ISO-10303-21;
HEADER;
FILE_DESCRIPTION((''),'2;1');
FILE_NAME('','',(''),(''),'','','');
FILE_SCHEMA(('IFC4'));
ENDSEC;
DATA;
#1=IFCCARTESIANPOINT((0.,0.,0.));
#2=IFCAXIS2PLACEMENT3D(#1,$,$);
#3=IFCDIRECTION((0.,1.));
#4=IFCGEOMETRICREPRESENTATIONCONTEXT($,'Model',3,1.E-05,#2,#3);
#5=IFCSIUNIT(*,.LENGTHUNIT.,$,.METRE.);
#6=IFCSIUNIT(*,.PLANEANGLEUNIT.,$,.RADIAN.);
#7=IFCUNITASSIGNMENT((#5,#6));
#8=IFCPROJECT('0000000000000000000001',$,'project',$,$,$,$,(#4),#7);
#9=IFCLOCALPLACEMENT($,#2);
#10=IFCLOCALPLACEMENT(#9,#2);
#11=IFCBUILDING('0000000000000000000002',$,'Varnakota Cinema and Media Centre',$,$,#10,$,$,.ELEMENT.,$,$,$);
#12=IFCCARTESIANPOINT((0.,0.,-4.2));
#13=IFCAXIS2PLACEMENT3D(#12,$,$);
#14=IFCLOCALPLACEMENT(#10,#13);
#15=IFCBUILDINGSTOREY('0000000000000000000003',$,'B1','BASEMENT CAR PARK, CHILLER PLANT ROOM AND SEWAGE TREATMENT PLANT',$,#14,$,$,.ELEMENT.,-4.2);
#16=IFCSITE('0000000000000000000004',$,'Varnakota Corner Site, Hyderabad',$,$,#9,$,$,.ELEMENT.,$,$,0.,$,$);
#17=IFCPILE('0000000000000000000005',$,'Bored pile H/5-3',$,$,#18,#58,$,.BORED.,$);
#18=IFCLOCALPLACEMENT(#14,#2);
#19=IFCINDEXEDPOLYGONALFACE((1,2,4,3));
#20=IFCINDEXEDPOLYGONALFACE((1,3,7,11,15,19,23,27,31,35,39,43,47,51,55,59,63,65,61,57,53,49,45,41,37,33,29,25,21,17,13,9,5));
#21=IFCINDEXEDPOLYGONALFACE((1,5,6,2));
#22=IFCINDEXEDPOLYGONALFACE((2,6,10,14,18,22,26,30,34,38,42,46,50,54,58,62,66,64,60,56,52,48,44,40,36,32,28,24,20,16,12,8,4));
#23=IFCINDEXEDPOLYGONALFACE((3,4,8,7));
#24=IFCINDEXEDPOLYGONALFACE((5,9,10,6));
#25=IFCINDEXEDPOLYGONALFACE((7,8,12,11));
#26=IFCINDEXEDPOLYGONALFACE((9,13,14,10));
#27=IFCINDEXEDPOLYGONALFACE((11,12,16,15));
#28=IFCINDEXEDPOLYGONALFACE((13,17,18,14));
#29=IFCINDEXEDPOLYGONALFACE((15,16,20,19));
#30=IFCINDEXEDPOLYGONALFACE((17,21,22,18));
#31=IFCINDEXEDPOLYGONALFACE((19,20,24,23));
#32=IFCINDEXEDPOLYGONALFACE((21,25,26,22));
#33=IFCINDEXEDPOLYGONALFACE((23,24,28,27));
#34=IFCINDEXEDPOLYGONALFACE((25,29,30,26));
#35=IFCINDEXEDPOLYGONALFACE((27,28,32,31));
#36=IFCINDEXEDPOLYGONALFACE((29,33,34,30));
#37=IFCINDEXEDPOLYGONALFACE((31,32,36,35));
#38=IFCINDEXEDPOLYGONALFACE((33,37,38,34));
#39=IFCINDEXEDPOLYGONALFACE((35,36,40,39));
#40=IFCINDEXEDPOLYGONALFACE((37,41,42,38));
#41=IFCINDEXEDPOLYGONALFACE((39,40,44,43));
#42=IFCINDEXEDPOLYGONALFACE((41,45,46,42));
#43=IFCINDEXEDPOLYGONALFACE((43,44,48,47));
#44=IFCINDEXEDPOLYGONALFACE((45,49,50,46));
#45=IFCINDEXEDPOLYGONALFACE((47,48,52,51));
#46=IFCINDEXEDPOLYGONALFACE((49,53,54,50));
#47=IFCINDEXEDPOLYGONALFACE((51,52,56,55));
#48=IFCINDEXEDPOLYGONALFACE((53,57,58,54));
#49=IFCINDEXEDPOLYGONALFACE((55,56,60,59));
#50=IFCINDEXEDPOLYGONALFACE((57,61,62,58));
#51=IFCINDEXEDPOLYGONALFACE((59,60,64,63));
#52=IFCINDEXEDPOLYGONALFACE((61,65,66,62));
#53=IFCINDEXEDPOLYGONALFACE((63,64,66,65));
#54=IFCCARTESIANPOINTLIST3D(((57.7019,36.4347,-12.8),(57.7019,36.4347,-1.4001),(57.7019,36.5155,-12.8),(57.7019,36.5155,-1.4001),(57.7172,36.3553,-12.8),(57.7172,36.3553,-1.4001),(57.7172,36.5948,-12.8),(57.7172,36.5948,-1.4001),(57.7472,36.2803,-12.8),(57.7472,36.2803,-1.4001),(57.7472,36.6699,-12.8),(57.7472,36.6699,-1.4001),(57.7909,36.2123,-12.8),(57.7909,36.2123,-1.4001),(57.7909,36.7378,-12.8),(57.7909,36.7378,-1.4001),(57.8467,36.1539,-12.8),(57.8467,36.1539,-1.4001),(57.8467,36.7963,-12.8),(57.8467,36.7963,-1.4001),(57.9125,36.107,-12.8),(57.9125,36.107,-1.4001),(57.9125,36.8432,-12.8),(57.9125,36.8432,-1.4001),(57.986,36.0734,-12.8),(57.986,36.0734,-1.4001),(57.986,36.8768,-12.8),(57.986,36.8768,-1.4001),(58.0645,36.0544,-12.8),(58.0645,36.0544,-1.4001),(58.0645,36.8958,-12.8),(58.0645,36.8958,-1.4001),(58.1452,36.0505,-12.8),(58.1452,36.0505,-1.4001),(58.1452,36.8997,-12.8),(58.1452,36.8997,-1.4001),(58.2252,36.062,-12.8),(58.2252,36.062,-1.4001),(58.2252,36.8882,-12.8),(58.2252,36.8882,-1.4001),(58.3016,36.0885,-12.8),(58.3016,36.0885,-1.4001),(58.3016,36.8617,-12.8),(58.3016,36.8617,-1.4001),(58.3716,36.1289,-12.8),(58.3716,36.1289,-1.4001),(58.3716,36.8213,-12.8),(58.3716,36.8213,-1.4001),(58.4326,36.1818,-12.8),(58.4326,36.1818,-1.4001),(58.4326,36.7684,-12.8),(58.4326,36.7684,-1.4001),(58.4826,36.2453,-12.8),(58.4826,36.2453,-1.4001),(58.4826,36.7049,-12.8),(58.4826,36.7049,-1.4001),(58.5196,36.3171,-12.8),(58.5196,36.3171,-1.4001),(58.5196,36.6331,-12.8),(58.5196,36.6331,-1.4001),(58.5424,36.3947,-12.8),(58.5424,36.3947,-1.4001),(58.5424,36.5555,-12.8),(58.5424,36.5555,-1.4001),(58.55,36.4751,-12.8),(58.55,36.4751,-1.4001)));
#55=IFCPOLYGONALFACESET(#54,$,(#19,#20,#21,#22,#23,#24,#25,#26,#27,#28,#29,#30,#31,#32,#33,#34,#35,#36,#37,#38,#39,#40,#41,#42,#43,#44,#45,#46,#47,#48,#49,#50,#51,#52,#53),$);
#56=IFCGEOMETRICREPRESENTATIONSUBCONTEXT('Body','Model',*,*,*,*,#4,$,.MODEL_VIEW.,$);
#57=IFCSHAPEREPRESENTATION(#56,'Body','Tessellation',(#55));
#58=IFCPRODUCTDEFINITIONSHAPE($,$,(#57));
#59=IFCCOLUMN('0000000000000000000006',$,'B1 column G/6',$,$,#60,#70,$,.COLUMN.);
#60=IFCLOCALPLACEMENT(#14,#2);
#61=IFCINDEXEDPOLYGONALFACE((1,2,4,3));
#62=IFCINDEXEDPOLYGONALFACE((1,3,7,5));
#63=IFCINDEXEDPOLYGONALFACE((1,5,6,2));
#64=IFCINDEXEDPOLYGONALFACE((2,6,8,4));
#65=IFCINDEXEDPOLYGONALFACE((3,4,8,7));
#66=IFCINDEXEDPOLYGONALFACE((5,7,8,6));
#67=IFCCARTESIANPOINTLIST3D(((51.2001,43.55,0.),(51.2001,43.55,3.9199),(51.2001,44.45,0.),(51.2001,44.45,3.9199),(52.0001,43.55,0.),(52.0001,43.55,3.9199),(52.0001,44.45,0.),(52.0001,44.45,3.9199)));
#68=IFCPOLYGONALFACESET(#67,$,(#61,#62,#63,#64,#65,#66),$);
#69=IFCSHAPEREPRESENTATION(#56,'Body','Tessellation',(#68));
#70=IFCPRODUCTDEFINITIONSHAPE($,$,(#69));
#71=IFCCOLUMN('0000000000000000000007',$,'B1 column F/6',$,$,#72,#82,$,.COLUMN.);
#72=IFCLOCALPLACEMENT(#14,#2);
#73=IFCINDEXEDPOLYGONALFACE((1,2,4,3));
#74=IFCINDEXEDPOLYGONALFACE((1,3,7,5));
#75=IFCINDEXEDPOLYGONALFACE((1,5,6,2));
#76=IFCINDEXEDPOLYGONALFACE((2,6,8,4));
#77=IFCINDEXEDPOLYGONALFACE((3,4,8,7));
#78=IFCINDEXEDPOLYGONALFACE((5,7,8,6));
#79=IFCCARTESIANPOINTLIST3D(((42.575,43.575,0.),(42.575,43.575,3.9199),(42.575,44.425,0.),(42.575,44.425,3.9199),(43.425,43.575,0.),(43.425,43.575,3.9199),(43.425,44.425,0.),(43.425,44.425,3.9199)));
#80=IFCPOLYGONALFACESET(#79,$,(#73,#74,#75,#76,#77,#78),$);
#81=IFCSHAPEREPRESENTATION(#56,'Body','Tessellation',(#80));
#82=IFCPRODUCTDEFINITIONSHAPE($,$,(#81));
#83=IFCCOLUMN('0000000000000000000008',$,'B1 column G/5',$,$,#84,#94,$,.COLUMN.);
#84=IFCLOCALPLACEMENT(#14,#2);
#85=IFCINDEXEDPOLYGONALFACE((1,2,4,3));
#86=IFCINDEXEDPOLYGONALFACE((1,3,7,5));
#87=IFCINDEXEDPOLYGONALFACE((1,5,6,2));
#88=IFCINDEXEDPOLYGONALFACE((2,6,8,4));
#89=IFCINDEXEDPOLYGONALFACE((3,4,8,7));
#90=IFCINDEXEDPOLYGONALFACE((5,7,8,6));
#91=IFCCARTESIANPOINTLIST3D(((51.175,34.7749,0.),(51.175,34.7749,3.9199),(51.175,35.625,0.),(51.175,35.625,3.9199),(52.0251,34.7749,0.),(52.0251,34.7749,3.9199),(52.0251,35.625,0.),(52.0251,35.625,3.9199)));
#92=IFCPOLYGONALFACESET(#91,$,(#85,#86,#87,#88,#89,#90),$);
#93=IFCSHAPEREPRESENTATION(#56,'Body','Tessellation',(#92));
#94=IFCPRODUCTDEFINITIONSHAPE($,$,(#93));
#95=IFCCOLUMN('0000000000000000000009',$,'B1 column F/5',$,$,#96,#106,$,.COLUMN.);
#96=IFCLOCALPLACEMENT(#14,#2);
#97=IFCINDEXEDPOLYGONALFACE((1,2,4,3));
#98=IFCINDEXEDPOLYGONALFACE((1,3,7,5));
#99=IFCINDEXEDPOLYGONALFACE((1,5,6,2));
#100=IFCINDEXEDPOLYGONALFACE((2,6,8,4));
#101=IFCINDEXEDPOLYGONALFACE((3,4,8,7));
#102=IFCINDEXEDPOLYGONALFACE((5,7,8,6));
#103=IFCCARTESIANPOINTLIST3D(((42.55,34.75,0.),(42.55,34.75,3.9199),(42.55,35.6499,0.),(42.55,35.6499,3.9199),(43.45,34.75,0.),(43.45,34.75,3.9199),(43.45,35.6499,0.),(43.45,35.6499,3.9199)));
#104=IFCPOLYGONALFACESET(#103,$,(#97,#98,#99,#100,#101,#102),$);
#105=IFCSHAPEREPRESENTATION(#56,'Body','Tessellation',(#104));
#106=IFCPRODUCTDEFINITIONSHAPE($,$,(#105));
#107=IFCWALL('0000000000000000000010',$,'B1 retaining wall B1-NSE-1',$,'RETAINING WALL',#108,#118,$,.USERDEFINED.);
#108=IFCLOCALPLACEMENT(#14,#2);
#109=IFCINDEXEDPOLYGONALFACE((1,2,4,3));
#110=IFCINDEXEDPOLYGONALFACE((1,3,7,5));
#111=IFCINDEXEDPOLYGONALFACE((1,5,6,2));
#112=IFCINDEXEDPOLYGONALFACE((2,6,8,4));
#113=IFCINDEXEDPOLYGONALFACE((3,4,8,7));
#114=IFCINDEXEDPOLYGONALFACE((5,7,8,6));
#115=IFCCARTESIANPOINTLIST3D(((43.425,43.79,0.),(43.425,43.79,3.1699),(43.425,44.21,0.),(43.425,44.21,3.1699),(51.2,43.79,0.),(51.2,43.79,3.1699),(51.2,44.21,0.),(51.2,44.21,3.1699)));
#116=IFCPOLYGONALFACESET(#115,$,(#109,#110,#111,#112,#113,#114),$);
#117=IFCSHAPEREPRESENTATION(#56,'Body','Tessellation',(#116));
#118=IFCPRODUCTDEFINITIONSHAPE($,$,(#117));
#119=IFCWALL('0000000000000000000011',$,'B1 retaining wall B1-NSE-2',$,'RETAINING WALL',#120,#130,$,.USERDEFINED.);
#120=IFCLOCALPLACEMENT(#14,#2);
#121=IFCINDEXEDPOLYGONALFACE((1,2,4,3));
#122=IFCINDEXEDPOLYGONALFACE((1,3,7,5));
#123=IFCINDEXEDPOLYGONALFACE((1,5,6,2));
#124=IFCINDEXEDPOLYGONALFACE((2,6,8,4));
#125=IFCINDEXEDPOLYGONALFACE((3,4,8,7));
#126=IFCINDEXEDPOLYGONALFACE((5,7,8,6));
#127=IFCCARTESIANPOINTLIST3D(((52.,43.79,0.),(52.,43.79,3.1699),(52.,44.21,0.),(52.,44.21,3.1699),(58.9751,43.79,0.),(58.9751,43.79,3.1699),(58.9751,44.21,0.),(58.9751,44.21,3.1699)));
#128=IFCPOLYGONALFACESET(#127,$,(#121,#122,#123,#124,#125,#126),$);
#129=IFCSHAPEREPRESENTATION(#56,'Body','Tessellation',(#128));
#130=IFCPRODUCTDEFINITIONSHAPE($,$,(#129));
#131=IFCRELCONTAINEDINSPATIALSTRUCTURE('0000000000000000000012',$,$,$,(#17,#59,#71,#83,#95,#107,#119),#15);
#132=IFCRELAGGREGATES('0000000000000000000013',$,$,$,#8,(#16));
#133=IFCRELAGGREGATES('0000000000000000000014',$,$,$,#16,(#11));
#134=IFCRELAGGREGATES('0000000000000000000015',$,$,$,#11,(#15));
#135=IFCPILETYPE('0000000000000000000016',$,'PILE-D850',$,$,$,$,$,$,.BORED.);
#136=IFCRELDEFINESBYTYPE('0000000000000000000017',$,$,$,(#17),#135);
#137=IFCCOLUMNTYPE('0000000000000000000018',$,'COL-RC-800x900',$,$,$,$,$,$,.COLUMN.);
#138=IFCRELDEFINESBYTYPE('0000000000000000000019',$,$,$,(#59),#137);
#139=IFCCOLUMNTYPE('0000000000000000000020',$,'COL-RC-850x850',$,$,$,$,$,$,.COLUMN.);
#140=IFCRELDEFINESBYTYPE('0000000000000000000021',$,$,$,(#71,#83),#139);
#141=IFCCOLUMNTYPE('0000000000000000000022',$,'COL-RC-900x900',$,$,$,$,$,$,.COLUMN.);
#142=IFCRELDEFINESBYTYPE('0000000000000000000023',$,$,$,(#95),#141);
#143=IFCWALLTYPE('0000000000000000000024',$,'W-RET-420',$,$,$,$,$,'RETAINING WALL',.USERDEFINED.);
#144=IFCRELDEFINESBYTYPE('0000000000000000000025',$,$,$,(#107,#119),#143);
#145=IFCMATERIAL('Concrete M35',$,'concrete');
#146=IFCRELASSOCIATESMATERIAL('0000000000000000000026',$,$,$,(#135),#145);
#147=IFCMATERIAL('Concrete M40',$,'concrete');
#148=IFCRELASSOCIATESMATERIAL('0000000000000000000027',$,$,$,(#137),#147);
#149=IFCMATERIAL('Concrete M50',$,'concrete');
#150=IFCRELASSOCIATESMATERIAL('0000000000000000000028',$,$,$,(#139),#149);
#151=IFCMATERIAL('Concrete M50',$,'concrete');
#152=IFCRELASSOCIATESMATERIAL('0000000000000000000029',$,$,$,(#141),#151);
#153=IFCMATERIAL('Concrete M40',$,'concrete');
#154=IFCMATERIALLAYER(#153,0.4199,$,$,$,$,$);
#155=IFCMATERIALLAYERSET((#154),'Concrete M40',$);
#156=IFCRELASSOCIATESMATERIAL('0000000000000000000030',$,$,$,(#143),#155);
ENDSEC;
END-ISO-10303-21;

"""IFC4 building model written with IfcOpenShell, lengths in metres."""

from ifc_helpers import new_model, si_unit, direction, frame, frame_2d, origin, origin_2d, place, context, subcontext, project, spatial, rectangle, circle, extrude, material, layer, layer_set, material_profile, profile_set, type_object, element, save


model = new_model("IFC4")

# Units and contexts
model_context = context("Model", 3, precision=1e-05, world=origin(), true_north=direction((0.0, 1.0)))
body_context = subcontext(model_context, "Body", "Model", "MODEL_VIEW")
ifc_project = project(units=[si_unit("LENGTHUNIT", "METRE"), si_unit("PLANEANGLEUNIT", "RADIAN")], contexts=[model_context])

# Site, building, storey
site_placement = place(None, origin())
site = spatial("IfcSite", under=ifc_project, at=site_placement, Name="Varnakota Corner Site, Hyderabad", CompositionType="ELEMENT", RefElevation=0.0)
building_placement = place(site_placement, origin())
building = spatial("IfcBuilding", under=site, at=building_placement, Name="Varnakota Cinema and Media Centre", CompositionType="ELEMENT")
storey_placement = place(building_placement, frame((0.0, 0.0, -4.2)))
storey = spatial("IfcBuildingStorey", under=building, at=storey_placement, Name="B1", Description="BASEMENT CAR PARK, CHILLER PLANT ROOM AND SEWAGE TREATMENT PLANT", CompositionType="ELEMENT", Elevation=-4.2)

# Pile
ifc_material_1 = material(Name="Concrete M35", Category="concrete")
ifc_material_profile_1 = material_profile(ifc_material_1, circle(Radius=0.425, at=origin_2d()), Name="PILE D850")
ifc_profile_set_1 = profile_set([ifc_material_profile_1], Name="Concrete M35")
pile_type_1 = type_object("IfcPileType", Name="PILE-D850", PredefinedType="BORED", material=ifc_profile_set_1)
for number, where, z_axis, x_axis, name in (
    (1, (58.125, 36.4751, -1.4001), (0.0, 0.0, -1.0), (1.0, 0.0, 0.0), "Bored pile H/5-3"),
):
    element("IfcPile", number, at=place(storey_placement, frame(where, z_axis=z_axis, x_axis=x_axis)), inside=storey, type_object=pile_type_1, Name=name, PredefinedType="BORED", context=body_context, shape_type="SweptSolid", body=[
        extrude(circle(Radius=0.425, at=origin_2d()), origin(), (0.0, 0.0, 1.0), 11.3999),
    ])

# Columns
ifc_material_2 = material(Name="Concrete M40", Category="concrete")
ifc_material_profile_2 = material_profile(ifc_material_2, rectangle(XDim=0.8, YDim=0.8999, at=origin_2d()), Name="RC 800x900")
ifc_profile_set_2 = profile_set([ifc_material_profile_2], Name="Concrete M40")
column_type_1 = type_object("IfcColumnType", Name="COL-RC-800x900", PredefinedType="COLUMN", material=ifc_profile_set_2)
column_1_placement = place(storey_placement, frame((51.6001, 44.0, 0.0), z_axis=(0.0, 0.0, 1.0), x_axis=(1.0, 0.0, 0.0)))
element("IfcColumn", 2, at=column_1_placement, inside=storey, type_object=column_type_1, Name="B1 column G/6", PredefinedType="COLUMN", context=body_context, shape_type="SweptSolid", body=[
    extrude(rectangle(XDim=0.8, YDim=0.8999, at=origin_2d()), origin(), (0.0, 0.0, 1.0), 3.9199),
])
ifc_material_3 = material(Name="Concrete M50", Category="concrete")
ifc_material_profile_3 = material_profile(ifc_material_3, rectangle(XDim=0.8501, YDim=0.8501, at=origin_2d()), Name="RC 850x850")
ifc_profile_set_3 = profile_set([ifc_material_profile_3], Name="Concrete M50")
column_type_2 = type_object("IfcColumnType", Name="COL-RC-850x850", PredefinedType="COLUMN", material=ifc_profile_set_3)
for number, where, z_axis, x_axis, name in (
    (3, (43.0, 44.0, 0.0), (0.0, 0.0, 1.0), (1.0, 0.0, 0.0), "B1 column F/6"),
    (4, (51.6001, 35.2, 0.0), (0.0, 0.0, 1.0), (1.0, 0.0, 0.0), "B1 column G/5"),
):
    element("IfcColumn", number, at=place(storey_placement, frame(where, z_axis=z_axis, x_axis=x_axis)), inside=storey, type_object=column_type_2, Name=name, PredefinedType="COLUMN", context=body_context, shape_type="SweptSolid", body=[
        extrude(rectangle(XDim=0.8501, YDim=0.8501, at=origin_2d()), origin(), (0.0, 0.0, 1.0), 3.9199),
    ])
ifc_material_4 = material(Name="Concrete M50", Category="concrete")
ifc_material_profile_4 = material_profile(ifc_material_4, rectangle(XDim=0.8999, YDim=0.8999, at=origin_2d()), Name="RC 900x900")
ifc_profile_set_4 = profile_set([ifc_material_profile_4], Name="Concrete M50")
column_type_3 = type_object("IfcColumnType", Name="COL-RC-900x900", PredefinedType="COLUMN", material=ifc_profile_set_4)
column_2_placement = place(storey_placement, frame((43.0, 35.2, 0.0), z_axis=(0.0, 0.0, 1.0), x_axis=(1.0, 0.0, 0.0)))
element("IfcColumn", 5, at=column_2_placement, inside=storey, type_object=column_type_3, Name="B1 column F/5", PredefinedType="COLUMN", context=body_context, shape_type="SweptSolid", body=[
    extrude(rectangle(XDim=0.8999, YDim=0.8999, at=origin_2d()), origin(), (0.0, 0.0, 1.0), 3.9199),
])

# Walls
ifc_material_5 = material(Name="Concrete M40", Category="concrete")
ifc_layer = layer(ifc_material_5, 0.4199)
ifc_layer_set = layer_set([ifc_layer], Name="Concrete M40")
wall_type = type_object("IfcWallType", Name="W-RET-420", ElementType="RETAINING WALL", PredefinedType="USERDEFINED", material=ifc_layer_set)
wall_1_placement = place(storey_placement, frame((43.425, 44.0, 0.0), z_axis=(0.0, 0.0, 1.0), x_axis=(1.0, 0.0, 0.0)))
element("IfcWall", 6, at=wall_1_placement, inside=storey, type_object=wall_type, Name="B1 retaining wall B1-NSE-1", ObjectType="RETAINING WALL", PredefinedType="USERDEFINED", context=body_context, shape_type="SweptSolid", body=[
    extrude(rectangle(XDim=7.7749, YDim=0.4199, at=frame_2d((3.8875, 0.0))), origin(), (0.0, 0.0, 1.0), 3.1699),
])
wall_2_placement = place(storey_placement, frame((52.0, 44.0, 0.0), z_axis=(0.0, 0.0, 1.0), x_axis=(1.0, 0.0, 0.0)))
element("IfcWall", 7, at=wall_2_placement, inside=storey, type_object=wall_type, Name="B1 retaining wall B1-NSE-2", ObjectType="RETAINING WALL", PredefinedType="USERDEFINED", context=body_context, shape_type="SweptSolid", body=[
    extrude(rectangle(XDim=6.9751, YDim=0.4199, at=frame_2d((3.4875, 0.0))), origin(), (0.0, 0.0, 1.0), 3.1699),
])

save(model, "model.ifc")
